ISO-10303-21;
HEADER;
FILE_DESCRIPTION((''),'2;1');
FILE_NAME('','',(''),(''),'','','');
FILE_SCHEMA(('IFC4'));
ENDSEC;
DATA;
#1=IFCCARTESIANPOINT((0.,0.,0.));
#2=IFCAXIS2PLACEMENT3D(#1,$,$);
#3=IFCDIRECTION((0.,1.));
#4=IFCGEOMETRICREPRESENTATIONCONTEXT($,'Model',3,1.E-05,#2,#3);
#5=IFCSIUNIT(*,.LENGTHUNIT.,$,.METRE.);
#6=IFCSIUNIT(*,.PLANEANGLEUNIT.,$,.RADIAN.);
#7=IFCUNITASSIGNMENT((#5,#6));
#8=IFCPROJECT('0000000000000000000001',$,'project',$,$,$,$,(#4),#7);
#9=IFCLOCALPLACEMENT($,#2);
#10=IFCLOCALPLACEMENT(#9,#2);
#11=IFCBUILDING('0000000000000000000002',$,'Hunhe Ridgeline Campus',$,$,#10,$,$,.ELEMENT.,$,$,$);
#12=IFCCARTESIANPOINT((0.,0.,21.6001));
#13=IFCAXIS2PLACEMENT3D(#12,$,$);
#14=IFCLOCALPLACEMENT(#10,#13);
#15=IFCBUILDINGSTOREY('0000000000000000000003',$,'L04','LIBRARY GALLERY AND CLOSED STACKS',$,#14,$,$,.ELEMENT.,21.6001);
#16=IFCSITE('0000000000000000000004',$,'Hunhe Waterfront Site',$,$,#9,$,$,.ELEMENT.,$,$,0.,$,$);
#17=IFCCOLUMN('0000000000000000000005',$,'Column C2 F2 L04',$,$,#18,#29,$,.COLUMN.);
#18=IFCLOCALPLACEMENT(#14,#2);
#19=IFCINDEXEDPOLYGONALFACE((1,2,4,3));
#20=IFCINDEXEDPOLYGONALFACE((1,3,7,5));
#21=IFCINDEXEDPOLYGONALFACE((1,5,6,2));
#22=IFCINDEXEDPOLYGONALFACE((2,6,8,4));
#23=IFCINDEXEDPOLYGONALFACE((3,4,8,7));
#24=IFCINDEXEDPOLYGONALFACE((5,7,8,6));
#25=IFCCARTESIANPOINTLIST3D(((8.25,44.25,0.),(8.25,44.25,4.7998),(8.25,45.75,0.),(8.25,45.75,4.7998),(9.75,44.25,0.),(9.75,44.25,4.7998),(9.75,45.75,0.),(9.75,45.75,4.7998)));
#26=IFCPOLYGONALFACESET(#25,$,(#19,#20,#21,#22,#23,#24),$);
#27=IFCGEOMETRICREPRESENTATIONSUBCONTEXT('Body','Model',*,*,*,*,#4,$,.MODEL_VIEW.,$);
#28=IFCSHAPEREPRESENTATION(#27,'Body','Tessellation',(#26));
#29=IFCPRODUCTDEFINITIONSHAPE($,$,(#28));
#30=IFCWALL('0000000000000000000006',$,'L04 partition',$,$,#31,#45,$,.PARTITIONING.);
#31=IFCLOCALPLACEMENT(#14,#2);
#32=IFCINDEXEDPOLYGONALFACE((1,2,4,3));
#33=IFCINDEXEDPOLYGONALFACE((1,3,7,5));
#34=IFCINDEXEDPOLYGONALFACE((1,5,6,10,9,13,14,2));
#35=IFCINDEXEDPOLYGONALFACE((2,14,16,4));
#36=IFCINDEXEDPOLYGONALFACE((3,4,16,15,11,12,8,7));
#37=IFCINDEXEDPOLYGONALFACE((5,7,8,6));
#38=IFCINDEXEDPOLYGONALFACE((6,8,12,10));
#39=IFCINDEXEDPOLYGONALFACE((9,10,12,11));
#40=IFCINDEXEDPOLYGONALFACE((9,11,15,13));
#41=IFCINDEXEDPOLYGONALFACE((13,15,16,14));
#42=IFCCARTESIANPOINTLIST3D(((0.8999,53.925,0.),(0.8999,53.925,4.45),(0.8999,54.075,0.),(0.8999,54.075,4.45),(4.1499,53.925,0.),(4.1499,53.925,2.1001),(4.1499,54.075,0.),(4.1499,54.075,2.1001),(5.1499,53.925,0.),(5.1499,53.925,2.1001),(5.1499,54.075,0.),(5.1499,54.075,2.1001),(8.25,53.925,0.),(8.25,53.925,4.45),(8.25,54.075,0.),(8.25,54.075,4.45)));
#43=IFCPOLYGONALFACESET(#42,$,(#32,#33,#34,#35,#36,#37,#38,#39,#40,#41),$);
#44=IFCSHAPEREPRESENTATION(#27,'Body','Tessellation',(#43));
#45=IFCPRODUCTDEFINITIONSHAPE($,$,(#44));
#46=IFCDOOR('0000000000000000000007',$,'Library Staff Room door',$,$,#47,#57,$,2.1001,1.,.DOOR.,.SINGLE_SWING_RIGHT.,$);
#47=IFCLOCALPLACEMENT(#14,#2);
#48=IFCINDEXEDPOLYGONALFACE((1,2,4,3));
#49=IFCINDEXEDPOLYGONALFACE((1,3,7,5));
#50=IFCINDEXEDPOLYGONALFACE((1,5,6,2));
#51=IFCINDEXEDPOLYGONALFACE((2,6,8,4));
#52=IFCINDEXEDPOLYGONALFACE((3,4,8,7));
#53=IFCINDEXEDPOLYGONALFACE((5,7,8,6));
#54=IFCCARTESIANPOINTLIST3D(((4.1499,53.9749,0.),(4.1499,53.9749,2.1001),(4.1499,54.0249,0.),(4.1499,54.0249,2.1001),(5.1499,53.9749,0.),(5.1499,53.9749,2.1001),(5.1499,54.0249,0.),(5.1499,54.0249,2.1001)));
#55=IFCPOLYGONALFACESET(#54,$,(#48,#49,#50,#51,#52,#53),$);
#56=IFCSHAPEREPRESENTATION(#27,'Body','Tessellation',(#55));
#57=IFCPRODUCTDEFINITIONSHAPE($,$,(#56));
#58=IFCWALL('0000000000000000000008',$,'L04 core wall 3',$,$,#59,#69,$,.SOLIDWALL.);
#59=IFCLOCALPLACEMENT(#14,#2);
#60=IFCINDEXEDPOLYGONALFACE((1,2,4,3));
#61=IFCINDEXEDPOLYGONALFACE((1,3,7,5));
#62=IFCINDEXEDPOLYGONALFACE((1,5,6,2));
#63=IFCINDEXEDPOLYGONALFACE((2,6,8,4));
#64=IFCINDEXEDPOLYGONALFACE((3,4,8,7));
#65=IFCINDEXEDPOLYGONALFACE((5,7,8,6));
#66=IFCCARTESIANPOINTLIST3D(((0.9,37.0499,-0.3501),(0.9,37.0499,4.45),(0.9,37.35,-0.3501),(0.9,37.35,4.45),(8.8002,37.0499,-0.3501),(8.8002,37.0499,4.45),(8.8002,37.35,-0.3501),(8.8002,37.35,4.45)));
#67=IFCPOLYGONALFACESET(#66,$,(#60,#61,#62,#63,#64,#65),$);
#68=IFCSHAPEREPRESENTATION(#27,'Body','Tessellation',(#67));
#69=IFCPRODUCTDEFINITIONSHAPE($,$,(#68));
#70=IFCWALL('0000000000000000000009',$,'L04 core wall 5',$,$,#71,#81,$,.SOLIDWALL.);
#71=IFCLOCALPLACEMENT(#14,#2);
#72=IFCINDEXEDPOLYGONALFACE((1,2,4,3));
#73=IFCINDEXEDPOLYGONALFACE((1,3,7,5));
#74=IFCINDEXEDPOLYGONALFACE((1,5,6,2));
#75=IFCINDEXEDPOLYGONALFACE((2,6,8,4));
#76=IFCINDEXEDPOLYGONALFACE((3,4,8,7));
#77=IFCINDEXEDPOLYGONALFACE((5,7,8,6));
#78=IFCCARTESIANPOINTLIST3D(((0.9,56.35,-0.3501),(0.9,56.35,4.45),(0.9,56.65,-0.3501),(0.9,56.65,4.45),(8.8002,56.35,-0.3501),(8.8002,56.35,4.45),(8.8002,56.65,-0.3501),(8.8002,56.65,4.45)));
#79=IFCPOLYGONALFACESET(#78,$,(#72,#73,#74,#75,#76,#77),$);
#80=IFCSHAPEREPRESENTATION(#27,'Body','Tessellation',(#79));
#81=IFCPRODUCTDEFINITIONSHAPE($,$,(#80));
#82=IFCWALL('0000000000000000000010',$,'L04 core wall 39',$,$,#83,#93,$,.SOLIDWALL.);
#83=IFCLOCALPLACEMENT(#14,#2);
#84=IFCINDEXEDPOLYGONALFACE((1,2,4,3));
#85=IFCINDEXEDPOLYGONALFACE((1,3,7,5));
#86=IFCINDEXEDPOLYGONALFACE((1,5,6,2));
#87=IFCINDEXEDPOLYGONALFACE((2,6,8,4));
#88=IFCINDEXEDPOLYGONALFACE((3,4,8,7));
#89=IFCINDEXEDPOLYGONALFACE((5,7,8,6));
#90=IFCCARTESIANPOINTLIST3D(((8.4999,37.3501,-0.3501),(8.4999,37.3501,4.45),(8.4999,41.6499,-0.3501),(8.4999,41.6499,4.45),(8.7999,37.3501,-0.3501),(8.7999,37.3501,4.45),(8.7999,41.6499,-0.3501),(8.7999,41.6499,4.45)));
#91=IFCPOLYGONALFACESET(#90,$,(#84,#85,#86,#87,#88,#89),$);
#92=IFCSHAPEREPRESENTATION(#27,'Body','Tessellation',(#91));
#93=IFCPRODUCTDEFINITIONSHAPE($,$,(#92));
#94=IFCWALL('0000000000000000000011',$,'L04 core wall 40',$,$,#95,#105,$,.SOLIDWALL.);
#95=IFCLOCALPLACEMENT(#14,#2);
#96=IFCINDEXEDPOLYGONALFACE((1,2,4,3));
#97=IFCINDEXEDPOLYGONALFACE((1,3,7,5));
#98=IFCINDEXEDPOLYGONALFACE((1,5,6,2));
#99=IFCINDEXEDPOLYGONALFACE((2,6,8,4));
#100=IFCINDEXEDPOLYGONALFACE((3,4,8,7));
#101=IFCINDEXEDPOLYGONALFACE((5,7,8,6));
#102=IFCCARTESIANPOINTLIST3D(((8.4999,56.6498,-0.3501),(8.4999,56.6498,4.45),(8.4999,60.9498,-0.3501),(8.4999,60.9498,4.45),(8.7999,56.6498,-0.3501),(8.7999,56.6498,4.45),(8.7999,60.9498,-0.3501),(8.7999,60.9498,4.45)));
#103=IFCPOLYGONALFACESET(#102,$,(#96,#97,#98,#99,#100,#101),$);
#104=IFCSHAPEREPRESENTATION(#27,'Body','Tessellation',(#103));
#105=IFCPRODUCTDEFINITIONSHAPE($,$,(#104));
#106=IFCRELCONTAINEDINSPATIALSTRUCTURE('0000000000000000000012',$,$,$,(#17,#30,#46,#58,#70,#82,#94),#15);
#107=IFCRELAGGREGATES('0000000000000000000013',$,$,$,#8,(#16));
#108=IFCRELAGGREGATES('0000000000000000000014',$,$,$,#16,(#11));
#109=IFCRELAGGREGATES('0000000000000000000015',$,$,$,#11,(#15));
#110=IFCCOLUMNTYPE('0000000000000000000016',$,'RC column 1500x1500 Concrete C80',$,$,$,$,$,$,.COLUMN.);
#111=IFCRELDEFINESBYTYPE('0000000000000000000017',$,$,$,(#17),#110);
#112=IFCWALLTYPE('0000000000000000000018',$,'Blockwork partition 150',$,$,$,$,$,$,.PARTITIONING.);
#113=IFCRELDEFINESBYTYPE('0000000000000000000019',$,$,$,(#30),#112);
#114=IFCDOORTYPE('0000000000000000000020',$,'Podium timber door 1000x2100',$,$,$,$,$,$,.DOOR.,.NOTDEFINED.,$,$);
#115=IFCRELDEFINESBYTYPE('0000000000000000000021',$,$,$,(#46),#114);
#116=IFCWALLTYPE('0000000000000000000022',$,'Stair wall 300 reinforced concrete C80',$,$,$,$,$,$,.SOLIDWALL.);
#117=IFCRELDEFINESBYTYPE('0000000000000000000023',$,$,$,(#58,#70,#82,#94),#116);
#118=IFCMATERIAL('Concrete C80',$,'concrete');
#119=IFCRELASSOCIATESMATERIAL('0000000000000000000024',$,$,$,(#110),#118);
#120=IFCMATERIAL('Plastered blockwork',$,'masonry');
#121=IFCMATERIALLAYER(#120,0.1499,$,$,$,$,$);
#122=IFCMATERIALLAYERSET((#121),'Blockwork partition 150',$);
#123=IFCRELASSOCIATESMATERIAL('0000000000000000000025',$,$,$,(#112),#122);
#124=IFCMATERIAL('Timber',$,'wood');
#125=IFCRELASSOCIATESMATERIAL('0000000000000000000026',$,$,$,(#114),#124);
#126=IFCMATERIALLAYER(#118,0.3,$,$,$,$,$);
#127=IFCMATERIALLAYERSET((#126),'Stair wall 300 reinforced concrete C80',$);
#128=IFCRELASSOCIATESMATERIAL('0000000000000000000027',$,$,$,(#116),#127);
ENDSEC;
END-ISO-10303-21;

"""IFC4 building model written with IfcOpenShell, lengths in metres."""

from ifc_helpers import new_model, si_unit, direction, frame, frame_2d, origin, origin_2d, place, context, subcontext, project, spatial, rectangle, extrude, material, layer, layer_set, material_profile, profile_set, type_object, element, fill, save


model = new_model("IFC4")

# Units and contexts
model_context = context("Model", 3, precision=1e-05, world=origin(), true_north=direction((0.0, 1.0)))
body_context = subcontext(model_context, "Body", "Model", "MODEL_VIEW")
ifc_project = project(units=[si_unit("LENGTHUNIT", "METRE"), si_unit("PLANEANGLEUNIT", "RADIAN")], contexts=[model_context])

# Site, building, storey
site_placement = place(None, origin())
site = spatial("IfcSite", under=ifc_project, at=site_placement, Name="Hunhe Waterfront Site", CompositionType="ELEMENT", RefElevation=0.0)
building_placement = place(site_placement, origin())
building = spatial("IfcBuilding", under=site, at=building_placement, Name="Hunhe Ridgeline Campus", CompositionType="ELEMENT")
storey_placement = place(building_placement, frame((0.0, 0.0, 21.6001)))
storey = spatial("IfcBuildingStorey", under=building, at=storey_placement, Name="L04", Description="LIBRARY GALLERY AND CLOSED STACKS", CompositionType="ELEMENT", Elevation=21.6001)

# Column
ifc_material_1 = material(Name="Concrete C80", Category="concrete")
ifc_material_profile = material_profile(ifc_material_1, rectangle(XDim=1.5, YDim=1.5, at=origin_2d()))
ifc_profile_set = profile_set([ifc_material_profile], Name="Concrete C80")
column_type = type_object("IfcColumnType", Name="RC column 1500x1500 Concrete C80", PredefinedType="COLUMN", material=ifc_profile_set)
column_placement = place(storey_placement, frame((9.0, 45.0, 0.0), z_axis=(0.0, 0.0, 1.0), x_axis=(1.0, 0.0, 0.0)))
element("IfcColumn", 1, at=column_placement, inside=storey, type_object=column_type, Name="Column C2 F2 L04", PredefinedType="COLUMN", context=body_context, shape_type="SweptSolid", body=[
    extrude(rectangle(XDim=1.5, YDim=1.5, at=origin_2d()), origin(), (0.0, 0.0, 1.0), 4.7998),
])

# Wall, opening, door
ifc_material_2 = material(Name="Plastered blockwork", Category="masonry")
ifc_layer_1 = layer(ifc_material_2, 0.1499)
ifc_layer_set_1 = layer_set([ifc_layer_1], Name="Blockwork partition 150")
wall_type_1 = type_object("IfcWallType", Name="Blockwork partition 150", PredefinedType="PARTITIONING", material=ifc_layer_set_1)
wall_1_placement = place(storey_placement, frame((0.8999, 54.0, 0.0), z_axis=(0.0, 0.0, 1.0), x_axis=(1.0, 0.0, 0.0)))
wall_1 = element("IfcWall", 2, at=wall_1_placement, inside=storey, type_object=wall_type_1, Name="L04 partition", PredefinedType="PARTITIONING", context=body_context, shape_type="SweptSolid", body=[
    extrude(rectangle(XDim=7.3501, YDim=0.1499, at=frame_2d((3.675, 0.0))), origin(), (0.0, 0.0, 1.0), 4.45),
])
opening_1_placement = place(wall_1_placement, frame((3.25, 0.0, 0.0)))
opening_1 = element("IfcOpeningElement", 3, at=opening_1_placement, cuts=wall_1, PredefinedType="OPENING", context=body_context, shape_type="SweptSolid", body=[
    extrude(rectangle(XDim=1.0, YDim=2.1001, at=frame_2d((0.5, 1.05))), frame((0.0, 0.075, 0.0), z_axis=(0.0, -1.0, 0.0), x_axis=(1.0, 0.0, 0.0)), (0.0, 0.0, 1.0), 0.1499),
])
ifc_material_3 = material(Name="Timber", Category="wood")
door_type_1 = type_object("IfcDoorType", Name="Podium timber door 1000x2100", OperationType="NOTDEFINED", PredefinedType="DOOR", material=ifc_material_3)
door_1_placement = place(opening_1_placement, origin())
door_1 = element("IfcDoor", 4, at=door_1_placement, inside=storey, type_object=door_type_1, Name="Library Staff Room door", OperationType="SINGLE_SWING_RIGHT", OverallHeight=2.1001, OverallWidth=1.0, PredefinedType="DOOR", context=body_context, shape_type="SweptSolid", body=[
    extrude(rectangle(XDim=1.0, YDim=2.1001, at=frame_2d((0.5, 1.05))), frame((0.0, 0.0249, 0.0), z_axis=(0.0, -1.0, 0.0), x_axis=(1.0, 0.0, 0.0)), (0.0, 0.0, 1.0), 0.05),
])
fill(opening_1, door_1)

# Wall
ifc_layer_2 = layer(ifc_material_1, 0.3)
ifc_layer_set_2 = layer_set([ifc_layer_2], Name="Stair wall 300 reinforced concrete C80")
wall_type_2 = type_object("IfcWallType", Name="Stair wall 300 reinforced concrete C80", PredefinedType="SOLIDWALL", material=ifc_layer_set_2)
wall_2_placement = place(storey_placement, frame((0.8999, 37.2, -0.3501), z_axis=(0.0, 0.0, 1.0), x_axis=(1.0, 0.0, 0.0)))
element("IfcWall", 5, at=wall_2_placement, inside=storey, type_object=wall_type_2, Name="L04 core wall 3", PredefinedType="SOLIDWALL", context=body_context, shape_type="SweptSolid", body=[
    extrude(rectangle(XDim=7.9001, YDim=0.3, at=frame_2d((3.9502, 0.0))), origin(), (0.0, 0.0, 1.0), 4.8),
])

# Walls
wall_3_placement = place(storey_placement, frame((0.8999, 56.5, -0.3501), z_axis=(0.0, 0.0, 1.0), x_axis=(1.0, 0.0, 0.0)))
element("IfcWall", 6, at=wall_3_placement, inside=storey, type_object=wall_type_2, Name="L04 core wall 5", PredefinedType="SOLIDWALL", context=body_context, shape_type="SweptSolid", body=[
    extrude(rectangle(XDim=7.9001, YDim=0.3, at=frame_2d((3.9502, 0.0))), origin(), (0.0, 0.0, 1.0), 4.8),
])
wall_4_placement = place(storey_placement, frame((8.6499, 37.3501, -0.3501), z_axis=(0.0, 0.0, 1.0), x_axis=(0.0, 1.0, 0.0)))
element("IfcWall", 7, at=wall_4_placement, inside=storey, type_object=wall_type_2, Name="L04 core wall 39", PredefinedType="SOLIDWALL", context=body_context, shape_type="SweptSolid", body=[
    extrude(rectangle(XDim=4.2998, YDim=0.3, at=frame_2d((2.1499, 0.0))), origin(), (0.0, 0.0, 1.0), 4.8),
])
wall_5_placement = place(storey_placement, frame((8.6499, 56.6499, -0.3501), z_axis=(0.0, 0.0, 1.0), x_axis=(0.0, 1.0, 0.0)))
element("IfcWall", 8, at=wall_5_placement, inside=storey, type_object=wall_type_2, Name="L04 core wall 40", PredefinedType="SOLIDWALL", context=body_context, shape_type="SweptSolid", body=[
    extrude(rectangle(XDim=4.3, YDim=0.3, at=frame_2d((2.1499, 0.0))), origin(), (0.0, 0.0, 1.0), 4.8),
])

save(model, "model.ifc")
